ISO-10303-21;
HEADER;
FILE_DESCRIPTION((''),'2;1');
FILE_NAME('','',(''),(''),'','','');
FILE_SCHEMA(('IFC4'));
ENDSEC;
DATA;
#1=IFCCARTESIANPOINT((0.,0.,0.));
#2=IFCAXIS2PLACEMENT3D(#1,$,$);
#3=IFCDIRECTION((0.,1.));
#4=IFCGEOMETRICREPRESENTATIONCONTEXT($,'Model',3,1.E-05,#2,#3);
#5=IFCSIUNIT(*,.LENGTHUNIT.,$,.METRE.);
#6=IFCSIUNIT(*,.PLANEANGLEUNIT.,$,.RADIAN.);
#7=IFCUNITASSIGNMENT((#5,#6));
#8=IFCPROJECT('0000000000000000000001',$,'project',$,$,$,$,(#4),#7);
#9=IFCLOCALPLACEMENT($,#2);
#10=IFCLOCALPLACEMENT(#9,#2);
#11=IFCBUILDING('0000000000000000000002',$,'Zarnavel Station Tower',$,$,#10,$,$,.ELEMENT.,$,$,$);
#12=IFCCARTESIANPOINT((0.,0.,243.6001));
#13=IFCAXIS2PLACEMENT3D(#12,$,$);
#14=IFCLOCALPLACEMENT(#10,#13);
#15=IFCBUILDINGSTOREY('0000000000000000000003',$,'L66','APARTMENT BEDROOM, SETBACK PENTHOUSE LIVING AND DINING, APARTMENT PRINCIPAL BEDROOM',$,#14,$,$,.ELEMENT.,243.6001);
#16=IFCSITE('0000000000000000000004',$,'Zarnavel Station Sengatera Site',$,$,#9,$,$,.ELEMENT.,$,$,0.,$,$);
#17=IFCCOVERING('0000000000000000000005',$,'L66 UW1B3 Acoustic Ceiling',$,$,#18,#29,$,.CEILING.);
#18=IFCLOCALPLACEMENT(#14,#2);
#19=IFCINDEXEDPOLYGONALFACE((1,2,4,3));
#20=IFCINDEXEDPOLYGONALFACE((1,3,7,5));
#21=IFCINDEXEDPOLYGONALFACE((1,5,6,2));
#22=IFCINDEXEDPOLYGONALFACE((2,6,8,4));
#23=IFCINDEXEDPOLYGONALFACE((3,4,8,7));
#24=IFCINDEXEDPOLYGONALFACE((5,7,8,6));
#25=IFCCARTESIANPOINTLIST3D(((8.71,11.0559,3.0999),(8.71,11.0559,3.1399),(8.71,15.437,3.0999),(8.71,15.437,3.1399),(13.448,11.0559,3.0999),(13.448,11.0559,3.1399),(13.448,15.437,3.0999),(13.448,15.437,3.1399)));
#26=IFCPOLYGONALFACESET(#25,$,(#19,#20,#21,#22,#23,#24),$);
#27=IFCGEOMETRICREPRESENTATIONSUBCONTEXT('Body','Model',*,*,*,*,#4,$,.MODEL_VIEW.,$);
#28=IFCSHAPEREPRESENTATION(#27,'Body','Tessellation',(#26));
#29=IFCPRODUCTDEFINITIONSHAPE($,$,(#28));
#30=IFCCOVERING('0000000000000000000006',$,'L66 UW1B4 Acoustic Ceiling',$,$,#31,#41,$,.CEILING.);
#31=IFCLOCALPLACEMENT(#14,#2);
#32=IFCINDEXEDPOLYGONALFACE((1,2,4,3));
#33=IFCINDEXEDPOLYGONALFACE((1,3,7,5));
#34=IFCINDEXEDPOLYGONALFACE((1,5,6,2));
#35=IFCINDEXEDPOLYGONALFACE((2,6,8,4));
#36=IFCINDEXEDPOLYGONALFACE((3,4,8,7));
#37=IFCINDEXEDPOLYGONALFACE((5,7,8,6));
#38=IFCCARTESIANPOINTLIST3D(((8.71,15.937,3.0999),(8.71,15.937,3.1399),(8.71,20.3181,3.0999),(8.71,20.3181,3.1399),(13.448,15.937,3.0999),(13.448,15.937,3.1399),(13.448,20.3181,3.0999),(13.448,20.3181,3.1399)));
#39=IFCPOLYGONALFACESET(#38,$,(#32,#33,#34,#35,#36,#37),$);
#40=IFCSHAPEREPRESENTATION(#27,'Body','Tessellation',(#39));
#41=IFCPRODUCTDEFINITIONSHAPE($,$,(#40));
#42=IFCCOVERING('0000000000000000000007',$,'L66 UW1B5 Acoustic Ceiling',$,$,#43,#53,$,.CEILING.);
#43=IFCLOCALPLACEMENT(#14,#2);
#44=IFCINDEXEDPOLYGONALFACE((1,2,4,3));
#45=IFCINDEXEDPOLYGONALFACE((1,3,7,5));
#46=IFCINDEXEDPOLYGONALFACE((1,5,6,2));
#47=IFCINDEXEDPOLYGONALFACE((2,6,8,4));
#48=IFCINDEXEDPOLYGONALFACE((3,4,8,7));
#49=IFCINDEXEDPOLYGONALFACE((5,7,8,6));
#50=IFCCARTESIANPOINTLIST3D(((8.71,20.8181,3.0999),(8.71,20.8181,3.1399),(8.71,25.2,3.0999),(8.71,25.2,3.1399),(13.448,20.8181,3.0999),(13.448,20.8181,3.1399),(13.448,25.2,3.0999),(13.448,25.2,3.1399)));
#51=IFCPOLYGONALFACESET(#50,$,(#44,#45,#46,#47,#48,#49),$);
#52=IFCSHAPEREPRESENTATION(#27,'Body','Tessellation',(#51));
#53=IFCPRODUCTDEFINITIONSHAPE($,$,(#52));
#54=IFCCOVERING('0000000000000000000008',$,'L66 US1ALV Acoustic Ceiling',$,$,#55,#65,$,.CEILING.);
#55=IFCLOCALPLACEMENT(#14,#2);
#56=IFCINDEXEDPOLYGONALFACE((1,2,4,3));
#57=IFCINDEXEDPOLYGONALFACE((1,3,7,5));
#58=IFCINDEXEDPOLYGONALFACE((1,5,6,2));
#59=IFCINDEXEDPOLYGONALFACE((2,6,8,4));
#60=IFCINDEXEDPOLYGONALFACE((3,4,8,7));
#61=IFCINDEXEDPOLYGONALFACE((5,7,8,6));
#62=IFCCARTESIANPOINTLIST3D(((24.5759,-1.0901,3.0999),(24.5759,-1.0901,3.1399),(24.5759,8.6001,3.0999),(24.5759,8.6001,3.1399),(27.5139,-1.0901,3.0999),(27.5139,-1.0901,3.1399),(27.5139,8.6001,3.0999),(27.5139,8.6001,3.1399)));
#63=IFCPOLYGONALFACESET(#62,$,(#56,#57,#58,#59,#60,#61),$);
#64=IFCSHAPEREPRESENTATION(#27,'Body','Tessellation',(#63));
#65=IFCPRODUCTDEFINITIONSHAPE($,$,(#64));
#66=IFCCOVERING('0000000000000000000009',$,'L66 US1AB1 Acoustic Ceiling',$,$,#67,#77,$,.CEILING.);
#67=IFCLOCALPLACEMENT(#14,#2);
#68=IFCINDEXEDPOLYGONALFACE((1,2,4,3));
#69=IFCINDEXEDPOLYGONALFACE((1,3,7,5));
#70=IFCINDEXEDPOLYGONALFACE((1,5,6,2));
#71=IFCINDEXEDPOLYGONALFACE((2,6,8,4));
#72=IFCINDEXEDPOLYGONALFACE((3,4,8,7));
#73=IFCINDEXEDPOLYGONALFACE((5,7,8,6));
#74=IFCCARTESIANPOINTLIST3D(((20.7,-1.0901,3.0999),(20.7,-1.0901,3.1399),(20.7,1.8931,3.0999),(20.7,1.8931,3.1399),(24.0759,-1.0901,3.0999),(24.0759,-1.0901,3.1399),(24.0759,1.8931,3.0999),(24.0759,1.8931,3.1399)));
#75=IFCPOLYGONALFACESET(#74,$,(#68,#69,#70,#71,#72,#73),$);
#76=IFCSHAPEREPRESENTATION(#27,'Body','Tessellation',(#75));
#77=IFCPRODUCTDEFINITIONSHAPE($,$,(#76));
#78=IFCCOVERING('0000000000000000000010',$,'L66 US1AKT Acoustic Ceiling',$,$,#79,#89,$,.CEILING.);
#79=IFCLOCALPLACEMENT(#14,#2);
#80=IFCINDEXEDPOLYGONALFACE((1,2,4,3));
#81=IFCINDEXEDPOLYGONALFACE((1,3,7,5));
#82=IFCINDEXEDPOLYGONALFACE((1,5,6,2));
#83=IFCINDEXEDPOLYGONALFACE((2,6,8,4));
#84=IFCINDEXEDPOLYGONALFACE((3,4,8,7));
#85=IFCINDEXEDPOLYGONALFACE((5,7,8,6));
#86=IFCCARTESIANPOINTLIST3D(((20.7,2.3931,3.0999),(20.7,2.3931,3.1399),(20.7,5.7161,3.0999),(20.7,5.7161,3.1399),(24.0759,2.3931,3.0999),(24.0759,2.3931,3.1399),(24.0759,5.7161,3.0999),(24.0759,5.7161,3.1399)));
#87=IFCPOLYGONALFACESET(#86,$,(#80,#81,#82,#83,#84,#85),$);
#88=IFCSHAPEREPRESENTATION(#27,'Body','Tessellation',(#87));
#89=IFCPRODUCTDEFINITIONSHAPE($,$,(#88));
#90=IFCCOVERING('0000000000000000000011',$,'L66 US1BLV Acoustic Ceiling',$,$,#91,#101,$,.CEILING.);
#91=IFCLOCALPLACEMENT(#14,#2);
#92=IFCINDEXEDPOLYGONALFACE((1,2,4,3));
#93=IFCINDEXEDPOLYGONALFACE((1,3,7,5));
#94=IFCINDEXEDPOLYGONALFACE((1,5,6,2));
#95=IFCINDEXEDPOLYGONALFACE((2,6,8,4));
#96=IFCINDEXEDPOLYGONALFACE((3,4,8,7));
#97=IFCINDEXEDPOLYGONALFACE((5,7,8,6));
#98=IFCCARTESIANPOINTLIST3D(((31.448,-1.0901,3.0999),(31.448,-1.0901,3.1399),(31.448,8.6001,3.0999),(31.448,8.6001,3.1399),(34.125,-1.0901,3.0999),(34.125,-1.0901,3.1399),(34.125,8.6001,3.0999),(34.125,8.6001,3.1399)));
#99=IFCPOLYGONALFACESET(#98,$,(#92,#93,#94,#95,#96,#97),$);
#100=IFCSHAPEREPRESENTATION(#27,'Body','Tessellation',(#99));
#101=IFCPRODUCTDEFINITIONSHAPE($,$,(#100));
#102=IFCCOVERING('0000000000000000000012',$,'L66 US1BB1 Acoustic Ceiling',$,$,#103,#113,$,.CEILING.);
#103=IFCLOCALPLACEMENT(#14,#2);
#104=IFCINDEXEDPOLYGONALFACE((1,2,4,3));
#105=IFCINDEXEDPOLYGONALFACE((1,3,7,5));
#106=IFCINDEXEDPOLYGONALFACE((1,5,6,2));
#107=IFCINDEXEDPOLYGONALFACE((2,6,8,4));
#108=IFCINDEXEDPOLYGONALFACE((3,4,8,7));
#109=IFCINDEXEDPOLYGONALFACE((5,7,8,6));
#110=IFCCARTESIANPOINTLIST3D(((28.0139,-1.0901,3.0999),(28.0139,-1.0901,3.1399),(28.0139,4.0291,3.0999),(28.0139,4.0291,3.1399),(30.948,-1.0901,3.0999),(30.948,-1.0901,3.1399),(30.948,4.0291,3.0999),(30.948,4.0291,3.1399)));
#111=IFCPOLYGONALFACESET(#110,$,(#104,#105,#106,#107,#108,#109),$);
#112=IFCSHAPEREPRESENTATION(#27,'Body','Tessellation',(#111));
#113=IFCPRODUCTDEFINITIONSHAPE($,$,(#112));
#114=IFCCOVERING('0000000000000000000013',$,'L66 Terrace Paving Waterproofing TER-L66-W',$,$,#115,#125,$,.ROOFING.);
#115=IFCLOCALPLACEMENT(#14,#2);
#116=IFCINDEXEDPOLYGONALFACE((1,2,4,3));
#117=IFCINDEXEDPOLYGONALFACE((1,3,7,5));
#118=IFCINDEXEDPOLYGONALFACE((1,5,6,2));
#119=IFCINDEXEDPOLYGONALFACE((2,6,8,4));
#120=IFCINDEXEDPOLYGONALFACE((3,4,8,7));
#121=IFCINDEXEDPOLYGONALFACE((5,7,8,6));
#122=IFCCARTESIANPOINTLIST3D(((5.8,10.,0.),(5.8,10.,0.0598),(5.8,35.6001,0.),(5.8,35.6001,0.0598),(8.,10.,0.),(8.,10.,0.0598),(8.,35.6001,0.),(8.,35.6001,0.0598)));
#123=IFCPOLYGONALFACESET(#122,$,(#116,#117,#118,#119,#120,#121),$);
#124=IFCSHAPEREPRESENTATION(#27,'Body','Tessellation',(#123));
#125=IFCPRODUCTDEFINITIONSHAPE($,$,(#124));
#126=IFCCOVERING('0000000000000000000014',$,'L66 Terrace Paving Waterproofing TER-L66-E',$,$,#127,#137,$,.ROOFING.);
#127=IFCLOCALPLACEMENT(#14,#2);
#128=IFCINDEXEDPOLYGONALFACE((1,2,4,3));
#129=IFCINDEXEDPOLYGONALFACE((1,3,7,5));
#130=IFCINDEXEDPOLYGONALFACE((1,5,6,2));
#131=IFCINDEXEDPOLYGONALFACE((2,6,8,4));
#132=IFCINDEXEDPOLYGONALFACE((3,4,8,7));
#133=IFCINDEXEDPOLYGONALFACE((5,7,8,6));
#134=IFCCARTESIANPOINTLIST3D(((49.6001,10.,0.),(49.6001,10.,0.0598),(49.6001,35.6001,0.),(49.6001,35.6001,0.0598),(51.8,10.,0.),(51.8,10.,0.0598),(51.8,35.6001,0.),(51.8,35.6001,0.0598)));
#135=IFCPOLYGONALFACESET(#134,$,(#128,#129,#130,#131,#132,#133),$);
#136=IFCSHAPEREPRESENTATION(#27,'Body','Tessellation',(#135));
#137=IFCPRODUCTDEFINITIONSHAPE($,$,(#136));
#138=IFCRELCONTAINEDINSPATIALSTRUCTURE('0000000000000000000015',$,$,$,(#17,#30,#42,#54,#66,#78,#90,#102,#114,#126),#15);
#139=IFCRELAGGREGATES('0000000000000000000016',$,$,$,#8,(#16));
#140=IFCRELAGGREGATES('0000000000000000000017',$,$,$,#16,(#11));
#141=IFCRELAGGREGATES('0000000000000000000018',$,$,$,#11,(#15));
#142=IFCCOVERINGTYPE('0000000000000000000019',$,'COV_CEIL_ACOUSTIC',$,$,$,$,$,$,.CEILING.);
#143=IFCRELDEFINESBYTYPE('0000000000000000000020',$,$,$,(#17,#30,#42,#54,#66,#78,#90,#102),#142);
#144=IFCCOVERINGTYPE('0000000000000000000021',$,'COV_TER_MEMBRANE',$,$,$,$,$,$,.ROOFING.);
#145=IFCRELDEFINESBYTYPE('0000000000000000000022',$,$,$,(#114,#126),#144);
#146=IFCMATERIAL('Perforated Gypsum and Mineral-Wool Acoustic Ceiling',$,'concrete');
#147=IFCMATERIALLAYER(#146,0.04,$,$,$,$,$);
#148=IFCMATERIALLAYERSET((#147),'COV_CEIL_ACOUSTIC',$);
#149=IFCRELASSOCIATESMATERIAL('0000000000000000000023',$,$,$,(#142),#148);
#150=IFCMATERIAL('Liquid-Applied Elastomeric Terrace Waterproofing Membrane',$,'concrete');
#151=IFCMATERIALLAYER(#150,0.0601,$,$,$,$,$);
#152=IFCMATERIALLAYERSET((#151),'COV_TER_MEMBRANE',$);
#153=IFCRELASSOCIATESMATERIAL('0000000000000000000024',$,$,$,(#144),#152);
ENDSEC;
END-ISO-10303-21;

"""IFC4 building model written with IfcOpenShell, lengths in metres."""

from ifc_helpers import new_model, si_unit, direction, frame, origin, place, context, subcontext, project, spatial, polyline, outline, extrude, material, layer, layer_set, type_object, element, save


model = new_model("IFC4")

# Units and contexts
model_context = context("Model", 3, precision=1e-05, world=origin(), true_north=direction((0.0, 1.0)))
body_context = subcontext(model_context, "Body", "Model", "MODEL_VIEW")
ifc_project = project(units=[si_unit("LENGTHUNIT", "METRE"), si_unit("PLANEANGLEUNIT", "RADIAN")], contexts=[model_context])

# Site, building, storey
site_placement = place(None, origin())
site = spatial("IfcSite", under=ifc_project, at=site_placement, Name="Zarnavel Station Sengatera Site", CompositionType="ELEMENT", RefElevation=0.0)
building_placement = place(site_placement, origin())
building = spatial("IfcBuilding", under=site, at=building_placement, Name="Zarnavel Station Tower", CompositionType="ELEMENT")
storey_placement = place(building_placement, frame((0.0, 0.0, 243.6001)))
storey = spatial("IfcBuildingStorey", under=building, at=storey_placement, Name="L66", Description="APARTMENT BEDROOM, SETBACK PENTHOUSE LIVING AND DINING, APARTMENT PRINCIPAL BEDROOM", CompositionType="ELEMENT", Elevation=243.6001)

# Coverings
ifc_material_1 = material(Name="Perforated Gypsum and Mineral-Wool Acoustic Ceiling", Category="concrete")
ifc_layer_1 = layer(ifc_material_1, 0.04)
ifc_layer_set_1 = layer_set([ifc_layer_1], Name="COV_CEIL_ACOUSTIC")
covering_type_1 = type_object("IfcCoveringType", Name="COV_CEIL_ACOUSTIC", PredefinedType="CEILING", material=ifc_layer_set_1)
covering_1_placement = place(storey_placement, frame((0.0, 0.0, 3.0999)))
element("IfcCovering", 1, at=covering_1_placement, inside=storey, type_object=covering_type_1, Name="L66 UW1B3 Acoustic Ceiling", PredefinedType="CEILING", context=body_context, shape_type="SweptSolid", body=[
    extrude(outline(polyline([(8.71, 11.0559), (13.448, 11.0559), (13.448, 15.437), (8.71, 15.437), (8.71, 11.0559)])), origin(), (0.0, 0.0, 1.0), 0.04),
])
covering_2_placement = place(storey_placement, frame((0.0, 0.0, 3.0999)))
element("IfcCovering", 2, at=covering_2_placement, inside=storey, type_object=covering_type_1, Name="L66 UW1B4 Acoustic Ceiling", PredefinedType="CEILING", context=body_context, shape_type="SweptSolid", body=[
    extrude(outline(polyline([(8.71, 15.937), (13.448, 15.937), (13.448, 20.3181), (8.71, 20.3181), (8.71, 15.937)])), origin(), (0.0, 0.0, 1.0), 0.04),
])
covering_3_placement = place(storey_placement, frame((0.0, 0.0, 3.0999)))
element("IfcCovering", 3, at=covering_3_placement, inside=storey, type_object=covering_type_1, Name="L66 UW1B5 Acoustic Ceiling", PredefinedType="CEILING", context=body_context, shape_type="SweptSolid", body=[
    extrude(outline(polyline([(8.71, 20.8181), (13.448, 20.8181), (13.448, 25.2), (8.71, 25.2), (8.71, 20.8181)])), origin(), (0.0, 0.0, 1.0), 0.04),
])
covering_4_placement = place(storey_placement, frame((0.0, 0.0, 3.0999)))
element("IfcCovering", 4, at=covering_4_placement, inside=storey, type_object=covering_type_1, Name="L66 US1ALV Acoustic Ceiling", PredefinedType="CEILING", context=body_context, shape_type="SweptSolid", body=[
    extrude(outline(polyline([(24.5759, -1.0901), (27.5139, -1.0901), (27.5139, 8.6001), (24.5759, 8.6001), (24.5759, -1.0901)])), origin(), (0.0, 0.0, 1.0), 0.04),
])
covering_5_placement = place(storey_placement, frame((0.0, 0.0, 3.0999)))
element("IfcCovering", 5, at=covering_5_placement, inside=storey, type_object=covering_type_1, Name="L66 US1AB1 Acoustic Ceiling", PredefinedType="CEILING", context=body_context, shape_type="SweptSolid", body=[
    extrude(outline(polyline([(20.7, -1.0901), (24.0759, -1.0901), (24.0759, 1.8931), (20.7, 1.8931), (20.7, -1.0901)])), origin(), (0.0, 0.0, 1.0), 0.04),
])
covering_6_placement = place(storey_placement, frame((0.0, 0.0, 3.0999)))
element("IfcCovering", 6, at=covering_6_placement, inside=storey, type_object=covering_type_1, Name="L66 US1AKT Acoustic Ceiling", PredefinedType="CEILING", context=body_context, shape_type="SweptSolid", body=[
    extrude(outline(polyline([(20.7, 2.3931), (24.0759, 2.3931), (24.0759, 5.7161), (20.7, 5.7161), (20.7, 2.3931)])), origin(), (0.0, 0.0, 1.0), 0.04),
])
covering_7_placement = place(storey_placement, frame((0.0, 0.0, 3.0999)))
element("IfcCovering", 7, at=covering_7_placement, inside=storey, type_object=covering_type_1, Name="L66 US1BLV Acoustic Ceiling", PredefinedType="CEILING", context=body_context, shape_type="SweptSolid", body=[
    extrude(outline(polyline([(31.448, -1.0901), (34.125, -1.0901), (34.125, 8.6001), (31.448, 8.6001), (31.448, -1.0901)])), origin(), (0.0, 0.0, 1.0), 0.04),
])
covering_8_placement = place(storey_placement, frame((0.0, 0.0, 3.0999)))
element("IfcCovering", 8, at=covering_8_placement, inside=storey, type_object=covering_type_1, Name="L66 US1BB1 Acoustic Ceiling", PredefinedType="CEILING", context=body_context, shape_type="SweptSolid", body=[
    extrude(outline(polyline([(28.0139, -1.0901), (30.948, -1.0901), (30.948, 4.0291), (28.0139, 4.0291), (28.0139, -1.0901)])), origin(), (0.0, 0.0, 1.0), 0.04),
])
ifc_material_2 = material(Name="Liquid-Applied Elastomeric Terrace Waterproofing Membrane", Category="concrete")
ifc_layer_2 = layer(ifc_material_2, 0.0601)
ifc_layer_set_2 = layer_set([ifc_layer_2], Name="COV_TER_MEMBRANE")
covering_type_2 = type_object("IfcCoveringType", Name="COV_TER_MEMBRANE", PredefinedType="ROOFING", material=ifc_layer_set_2)
covering_9_placement = place(storey_placement, origin())
element("IfcCovering", 9, at=covering_9_placement, inside=storey, type_object=covering_type_2, Name="L66 Terrace Paving Waterproofing TER-L66-W", PredefinedType="ROOFING", context=body_context, shape_type="SweptSolid", body=[
    extrude(outline(polyline([(5.8, 10.0), (8.0, 10.0), (8.0, 35.6001), (5.8, 35.6001), (5.8, 10.0)])), origin(), (0.0, 0.0, 1.0), 0.0598),
])
covering_10_placement = place(storey_placement, origin())
element("IfcCovering", 10, at=covering_10_placement, inside=storey, type_object=covering_type_2, Name="L66 Terrace Paving Waterproofing TER-L66-E", PredefinedType="ROOFING", context=body_context, shape_type="SweptSolid", body=[
    extrude(outline(polyline([(49.6001, 10.0), (51.8, 10.0), (51.8, 35.6001), (49.6001, 35.6001), (49.6001, 10.0)])), origin(), (0.0, 0.0, 1.0), 0.0598),
])

save(model, "model.ifc")
